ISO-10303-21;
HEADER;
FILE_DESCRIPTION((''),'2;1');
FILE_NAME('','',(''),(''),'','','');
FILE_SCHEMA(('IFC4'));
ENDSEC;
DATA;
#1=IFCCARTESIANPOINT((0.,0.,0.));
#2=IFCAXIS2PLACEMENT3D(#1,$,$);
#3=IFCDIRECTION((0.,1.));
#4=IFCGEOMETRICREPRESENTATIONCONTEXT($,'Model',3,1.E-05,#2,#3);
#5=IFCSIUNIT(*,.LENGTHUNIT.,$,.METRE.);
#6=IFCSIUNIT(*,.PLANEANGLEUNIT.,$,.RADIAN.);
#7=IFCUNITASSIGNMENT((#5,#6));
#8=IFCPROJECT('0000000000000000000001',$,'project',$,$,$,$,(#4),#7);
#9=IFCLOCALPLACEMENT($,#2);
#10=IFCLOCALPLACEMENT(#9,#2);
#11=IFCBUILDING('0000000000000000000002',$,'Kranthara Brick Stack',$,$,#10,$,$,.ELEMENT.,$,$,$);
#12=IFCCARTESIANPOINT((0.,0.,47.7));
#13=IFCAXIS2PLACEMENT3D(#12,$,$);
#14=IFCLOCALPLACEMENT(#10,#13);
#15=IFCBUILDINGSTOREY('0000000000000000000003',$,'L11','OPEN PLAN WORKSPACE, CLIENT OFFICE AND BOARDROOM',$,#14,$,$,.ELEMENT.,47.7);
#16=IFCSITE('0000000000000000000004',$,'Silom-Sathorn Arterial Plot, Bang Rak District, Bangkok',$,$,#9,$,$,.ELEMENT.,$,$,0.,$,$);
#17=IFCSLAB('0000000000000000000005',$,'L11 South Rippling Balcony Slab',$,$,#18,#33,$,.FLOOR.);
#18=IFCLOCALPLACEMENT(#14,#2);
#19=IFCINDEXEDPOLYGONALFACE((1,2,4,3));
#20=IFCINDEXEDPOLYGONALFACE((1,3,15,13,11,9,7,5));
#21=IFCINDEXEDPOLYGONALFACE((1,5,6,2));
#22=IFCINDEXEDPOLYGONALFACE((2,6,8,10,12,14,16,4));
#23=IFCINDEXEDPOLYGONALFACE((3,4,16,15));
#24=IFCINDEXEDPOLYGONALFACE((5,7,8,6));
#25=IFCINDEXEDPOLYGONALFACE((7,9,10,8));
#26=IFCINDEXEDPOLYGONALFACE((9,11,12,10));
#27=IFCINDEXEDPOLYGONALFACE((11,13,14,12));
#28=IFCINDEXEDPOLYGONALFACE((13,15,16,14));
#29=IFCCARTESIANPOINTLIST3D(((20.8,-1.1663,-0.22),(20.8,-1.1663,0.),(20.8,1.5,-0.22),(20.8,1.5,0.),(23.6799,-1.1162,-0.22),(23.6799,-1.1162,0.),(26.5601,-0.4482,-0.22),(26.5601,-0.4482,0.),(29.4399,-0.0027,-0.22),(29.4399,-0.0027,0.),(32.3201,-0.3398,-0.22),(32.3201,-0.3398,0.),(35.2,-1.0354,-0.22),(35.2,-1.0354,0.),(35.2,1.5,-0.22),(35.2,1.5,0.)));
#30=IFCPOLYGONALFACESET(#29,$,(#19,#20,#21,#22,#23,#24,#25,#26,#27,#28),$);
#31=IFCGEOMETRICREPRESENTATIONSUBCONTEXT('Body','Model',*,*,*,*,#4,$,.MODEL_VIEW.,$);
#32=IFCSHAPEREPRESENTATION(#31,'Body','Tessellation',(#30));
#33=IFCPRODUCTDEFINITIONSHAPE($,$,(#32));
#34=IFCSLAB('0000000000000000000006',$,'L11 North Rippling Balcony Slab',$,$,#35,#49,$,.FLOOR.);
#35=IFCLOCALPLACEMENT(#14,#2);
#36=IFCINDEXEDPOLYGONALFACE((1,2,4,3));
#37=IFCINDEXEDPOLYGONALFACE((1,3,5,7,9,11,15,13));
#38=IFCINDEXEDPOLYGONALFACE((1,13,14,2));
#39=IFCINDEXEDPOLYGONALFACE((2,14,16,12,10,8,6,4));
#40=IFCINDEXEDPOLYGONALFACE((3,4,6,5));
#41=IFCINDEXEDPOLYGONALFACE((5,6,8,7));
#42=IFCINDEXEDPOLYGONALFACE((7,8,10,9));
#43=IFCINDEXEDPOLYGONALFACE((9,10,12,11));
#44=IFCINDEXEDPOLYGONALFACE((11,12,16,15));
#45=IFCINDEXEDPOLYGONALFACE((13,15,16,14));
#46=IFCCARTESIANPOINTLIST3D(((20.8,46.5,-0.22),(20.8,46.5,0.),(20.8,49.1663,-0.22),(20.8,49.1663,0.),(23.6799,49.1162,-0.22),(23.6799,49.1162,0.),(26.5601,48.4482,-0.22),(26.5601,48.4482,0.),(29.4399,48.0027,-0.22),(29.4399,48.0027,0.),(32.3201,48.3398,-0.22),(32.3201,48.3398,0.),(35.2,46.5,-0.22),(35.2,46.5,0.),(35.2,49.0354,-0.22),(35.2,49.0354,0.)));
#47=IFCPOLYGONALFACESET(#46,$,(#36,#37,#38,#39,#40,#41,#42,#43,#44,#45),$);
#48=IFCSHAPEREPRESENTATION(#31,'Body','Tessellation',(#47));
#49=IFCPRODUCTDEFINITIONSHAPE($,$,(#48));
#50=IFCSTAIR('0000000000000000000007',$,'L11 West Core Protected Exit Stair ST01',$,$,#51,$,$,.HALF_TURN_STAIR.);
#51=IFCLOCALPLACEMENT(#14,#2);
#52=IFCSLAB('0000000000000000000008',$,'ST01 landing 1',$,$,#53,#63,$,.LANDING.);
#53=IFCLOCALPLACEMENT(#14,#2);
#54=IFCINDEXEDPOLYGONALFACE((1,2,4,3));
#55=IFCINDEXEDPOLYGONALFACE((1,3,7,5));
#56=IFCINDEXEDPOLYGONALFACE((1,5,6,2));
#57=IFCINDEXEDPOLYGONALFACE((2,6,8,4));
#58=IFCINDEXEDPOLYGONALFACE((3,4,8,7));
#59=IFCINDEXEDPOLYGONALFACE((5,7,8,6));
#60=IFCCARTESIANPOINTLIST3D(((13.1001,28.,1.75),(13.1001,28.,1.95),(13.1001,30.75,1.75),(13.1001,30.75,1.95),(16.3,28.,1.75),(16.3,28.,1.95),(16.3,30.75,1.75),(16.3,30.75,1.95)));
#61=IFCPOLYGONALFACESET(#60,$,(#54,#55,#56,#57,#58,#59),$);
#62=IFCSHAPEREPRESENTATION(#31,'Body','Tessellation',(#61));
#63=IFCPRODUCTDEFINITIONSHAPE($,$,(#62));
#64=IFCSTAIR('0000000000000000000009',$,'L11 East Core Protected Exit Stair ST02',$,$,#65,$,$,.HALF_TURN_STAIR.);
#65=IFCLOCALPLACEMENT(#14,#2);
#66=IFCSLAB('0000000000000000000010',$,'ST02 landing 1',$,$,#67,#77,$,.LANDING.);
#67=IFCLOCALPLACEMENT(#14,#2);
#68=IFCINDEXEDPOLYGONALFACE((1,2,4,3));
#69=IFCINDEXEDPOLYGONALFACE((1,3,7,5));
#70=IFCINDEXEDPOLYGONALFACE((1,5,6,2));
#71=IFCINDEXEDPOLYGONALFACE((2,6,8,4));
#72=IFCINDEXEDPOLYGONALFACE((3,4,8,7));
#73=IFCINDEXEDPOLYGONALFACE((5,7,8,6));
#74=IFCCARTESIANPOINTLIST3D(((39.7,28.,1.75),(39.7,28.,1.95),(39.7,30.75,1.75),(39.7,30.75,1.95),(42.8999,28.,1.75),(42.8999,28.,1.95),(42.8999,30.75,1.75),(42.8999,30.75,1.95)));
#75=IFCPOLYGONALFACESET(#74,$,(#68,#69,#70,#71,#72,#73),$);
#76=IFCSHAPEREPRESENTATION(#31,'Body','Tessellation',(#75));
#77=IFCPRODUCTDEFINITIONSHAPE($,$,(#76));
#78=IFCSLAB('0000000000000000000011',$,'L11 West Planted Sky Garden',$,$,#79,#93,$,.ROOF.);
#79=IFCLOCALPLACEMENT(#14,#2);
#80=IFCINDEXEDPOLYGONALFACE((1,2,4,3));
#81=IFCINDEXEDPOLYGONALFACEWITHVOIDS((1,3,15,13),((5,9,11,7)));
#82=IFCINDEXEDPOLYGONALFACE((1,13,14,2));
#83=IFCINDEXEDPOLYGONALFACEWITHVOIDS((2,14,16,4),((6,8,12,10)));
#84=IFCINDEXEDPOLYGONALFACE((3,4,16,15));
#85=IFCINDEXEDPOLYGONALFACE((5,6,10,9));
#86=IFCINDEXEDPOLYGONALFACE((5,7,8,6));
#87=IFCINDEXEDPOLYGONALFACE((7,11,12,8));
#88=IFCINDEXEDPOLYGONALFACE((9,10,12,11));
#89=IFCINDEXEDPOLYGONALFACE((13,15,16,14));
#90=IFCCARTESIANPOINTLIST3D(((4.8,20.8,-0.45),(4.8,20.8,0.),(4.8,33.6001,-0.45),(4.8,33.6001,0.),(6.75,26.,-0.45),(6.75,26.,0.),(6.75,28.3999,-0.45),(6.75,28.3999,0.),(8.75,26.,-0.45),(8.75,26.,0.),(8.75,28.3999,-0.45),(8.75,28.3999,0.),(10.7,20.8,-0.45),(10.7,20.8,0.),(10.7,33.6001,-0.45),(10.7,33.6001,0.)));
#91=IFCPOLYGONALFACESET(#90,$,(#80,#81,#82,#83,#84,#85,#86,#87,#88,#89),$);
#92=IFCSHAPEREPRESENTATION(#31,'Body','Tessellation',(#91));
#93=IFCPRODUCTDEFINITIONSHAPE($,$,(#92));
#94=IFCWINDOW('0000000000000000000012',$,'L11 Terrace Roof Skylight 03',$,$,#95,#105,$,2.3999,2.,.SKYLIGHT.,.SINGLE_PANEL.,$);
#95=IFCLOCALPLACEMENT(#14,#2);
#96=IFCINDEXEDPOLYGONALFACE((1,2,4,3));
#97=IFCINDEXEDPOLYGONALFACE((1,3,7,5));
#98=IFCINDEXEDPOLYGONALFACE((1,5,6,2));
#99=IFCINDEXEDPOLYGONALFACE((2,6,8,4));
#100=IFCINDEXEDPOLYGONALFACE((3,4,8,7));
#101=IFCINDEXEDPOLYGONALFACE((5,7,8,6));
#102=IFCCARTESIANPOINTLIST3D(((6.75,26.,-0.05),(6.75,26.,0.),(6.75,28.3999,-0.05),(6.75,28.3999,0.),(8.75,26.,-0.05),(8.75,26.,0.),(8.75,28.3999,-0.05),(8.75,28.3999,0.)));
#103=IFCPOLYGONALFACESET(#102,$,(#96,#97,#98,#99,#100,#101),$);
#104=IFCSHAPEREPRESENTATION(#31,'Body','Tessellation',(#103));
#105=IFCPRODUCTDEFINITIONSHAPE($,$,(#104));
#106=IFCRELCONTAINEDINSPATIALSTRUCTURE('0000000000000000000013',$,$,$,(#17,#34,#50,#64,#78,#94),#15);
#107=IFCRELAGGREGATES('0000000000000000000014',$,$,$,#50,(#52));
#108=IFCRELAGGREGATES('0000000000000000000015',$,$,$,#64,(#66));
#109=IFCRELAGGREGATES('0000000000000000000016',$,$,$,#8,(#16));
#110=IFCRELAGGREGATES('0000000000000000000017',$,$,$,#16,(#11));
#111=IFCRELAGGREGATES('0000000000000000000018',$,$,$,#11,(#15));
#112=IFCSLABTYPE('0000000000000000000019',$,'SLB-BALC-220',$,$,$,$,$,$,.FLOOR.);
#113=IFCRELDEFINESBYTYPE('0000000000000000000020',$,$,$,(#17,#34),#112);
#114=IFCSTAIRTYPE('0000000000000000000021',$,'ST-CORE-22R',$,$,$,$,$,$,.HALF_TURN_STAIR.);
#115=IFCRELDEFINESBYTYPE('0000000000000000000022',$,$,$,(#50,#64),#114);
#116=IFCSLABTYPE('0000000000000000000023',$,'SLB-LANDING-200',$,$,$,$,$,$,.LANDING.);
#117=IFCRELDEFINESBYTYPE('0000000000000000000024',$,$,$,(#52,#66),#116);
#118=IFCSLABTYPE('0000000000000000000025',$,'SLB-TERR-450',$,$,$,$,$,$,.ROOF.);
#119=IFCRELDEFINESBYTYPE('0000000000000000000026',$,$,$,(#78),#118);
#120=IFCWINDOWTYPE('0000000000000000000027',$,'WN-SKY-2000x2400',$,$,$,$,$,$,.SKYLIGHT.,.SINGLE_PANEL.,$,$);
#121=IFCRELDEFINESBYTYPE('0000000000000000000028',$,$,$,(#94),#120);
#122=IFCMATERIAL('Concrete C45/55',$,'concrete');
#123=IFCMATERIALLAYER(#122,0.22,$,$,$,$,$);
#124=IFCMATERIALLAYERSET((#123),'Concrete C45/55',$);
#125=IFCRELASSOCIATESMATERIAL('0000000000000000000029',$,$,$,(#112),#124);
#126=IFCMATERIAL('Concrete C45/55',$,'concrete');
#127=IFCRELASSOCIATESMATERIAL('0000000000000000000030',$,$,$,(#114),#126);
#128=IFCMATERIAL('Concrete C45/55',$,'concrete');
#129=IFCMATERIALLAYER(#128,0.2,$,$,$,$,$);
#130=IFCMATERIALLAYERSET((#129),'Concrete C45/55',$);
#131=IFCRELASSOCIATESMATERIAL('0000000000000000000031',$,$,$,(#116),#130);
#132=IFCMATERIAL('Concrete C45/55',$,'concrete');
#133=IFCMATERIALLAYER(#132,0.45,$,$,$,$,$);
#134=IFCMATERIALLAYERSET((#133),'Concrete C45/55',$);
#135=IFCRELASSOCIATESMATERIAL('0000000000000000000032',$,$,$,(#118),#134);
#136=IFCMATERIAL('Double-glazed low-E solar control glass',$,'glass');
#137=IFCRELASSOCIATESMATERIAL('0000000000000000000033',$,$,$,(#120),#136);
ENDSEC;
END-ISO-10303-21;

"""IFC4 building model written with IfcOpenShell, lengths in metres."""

from ifc_helpers import new_model, si_unit, direction, frame, origin, origin_2d, place, context, subcontext, project, spatial, polyline, rectangle, outline, extrude, material, layer, layer_set, type_object, element, fill, aggregate, save


model = new_model("IFC4")

# Units and contexts
model_context = context("Model", 3, precision=1e-05, world=origin(), true_north=direction((0.0, 1.0)))
body_context = subcontext(model_context, "Body", "Model", "MODEL_VIEW")
ifc_project = project(units=[si_unit("LENGTHUNIT", "METRE"), si_unit("PLANEANGLEUNIT", "RADIAN")], contexts=[model_context])

# Site, building, storey
site_placement = place(None, origin())
site = spatial("IfcSite", under=ifc_project, at=site_placement, Name="Silom-Sathorn Arterial Plot, Bang Rak District, Bangkok", CompositionType="ELEMENT", RefElevation=0.0)
building_placement = place(site_placement, origin())
building = spatial("IfcBuilding", under=site, at=building_placement, Name="Kranthara Brick Stack", CompositionType="ELEMENT")
storey_placement = place(building_placement, frame((0.0, 0.0, 47.7)))
storey = spatial("IfcBuildingStorey", under=building, at=storey_placement, Name="L11", Description="OPEN PLAN WORKSPACE, CLIENT OFFICE AND BOARDROOM", CompositionType="ELEMENT", Elevation=47.7)

# Slabs
ifc_material_1 = material(Name="Concrete C45/55", Category="concrete")
ifc_layer_1 = layer(ifc_material_1, 0.22)
ifc_layer_set_1 = layer_set([ifc_layer_1], Name="Concrete C45/55")
slab_type_1 = type_object("IfcSlabType", Name="SLB-BALC-220", PredefinedType="FLOOR", material=ifc_layer_set_1)
slab_1_placement = place(storey_placement, frame((0.0, 0.0, -0.22)))
element("IfcSlab", 1, at=slab_1_placement, inside=storey, type_object=slab_type_1, Name="L11 South Rippling Balcony Slab", PredefinedType="FLOOR", context=body_context, shape_type="SweptSolid", body=[
    extrude(outline(polyline([(20.8, 1.5), (35.2, 1.5), (35.2, -1.0354), (32.3201, -0.3398), (29.4399, -0.0027), (26.5601, -0.4482), (23.6799, -1.1162), (20.8, -1.1663), (20.8, 1.5)])), origin(), (0.0, 0.0, 1.0), 0.22),
])
slab_2_placement = place(storey_placement, frame((0.0, 0.0, -0.22)))
element("IfcSlab", 2, at=slab_2_placement, inside=storey, type_object=slab_type_1, Name="L11 North Rippling Balcony Slab", PredefinedType="FLOOR", context=body_context, shape_type="SweptSolid", body=[
    extrude(outline(polyline([(35.2, 46.5), (20.8, 46.5), (20.8, 49.1663), (23.6799, 49.1162), (26.5601, 48.4482), (29.4399, 48.0027), (32.3201, 48.3398), (35.2, 49.0354), (35.2, 46.5)])), origin(), (0.0, 0.0, 1.0), 0.22),
])

# Stairs, slabs
ifc_material_2 = material(Name="Concrete C45/55", Category="concrete")
stair_type = type_object("IfcStairType", Name="ST-CORE-22R", PredefinedType="HALF_TURN_STAIR", material=ifc_material_2)
stair_1_placement = place(storey_placement, origin())
stair_1 = element("IfcStair", 3, at=stair_1_placement, inside=storey, type_object=stair_type, Name="L11 West Core Protected Exit Stair ST01", PredefinedType="HALF_TURN_STAIR")
ifc_material_3 = material(Name="Concrete C45/55", Category="concrete")
ifc_layer_2 = layer(ifc_material_3, 0.2)
ifc_layer_set_2 = layer_set([ifc_layer_2], Name="Concrete C45/55")
slab_type_2 = type_object("IfcSlabType", Name="SLB-LANDING-200", PredefinedType="LANDING", material=ifc_layer_set_2)
slab_3_placement = place(storey_placement, frame((0.0, 0.0, 1.75)))
slab_3 = element("IfcSlab", 4, at=slab_3_placement, type_object=slab_type_2, Name="ST01 landing 1", PredefinedType="LANDING", context=body_context, shape_type="SweptSolid", body=[
    extrude(outline(polyline([(16.3, 28.0), (16.3, 30.75), (13.1001, 30.75), (13.1001, 28.0), (16.3, 28.0)])), origin(), (0.0, 0.0, 1.0), 0.2),
])
aggregate(stair_1, [slab_3])
stair_2_placement = place(storey_placement, origin())
stair_2 = element("IfcStair", 5, at=stair_2_placement, inside=storey, type_object=stair_type, Name="L11 East Core Protected Exit Stair ST02", PredefinedType="HALF_TURN_STAIR")
slab_4_placement = place(storey_placement, frame((0.0, 0.0, 1.75)))
slab_4 = element("IfcSlab", 6, at=slab_4_placement, type_object=slab_type_2, Name="ST02 landing 1", PredefinedType="LANDING", context=body_context, shape_type="SweptSolid", body=[
    extrude(outline(polyline([(42.8999, 28.0), (42.8999, 30.75), (39.7, 30.75), (39.7, 28.0), (42.8999, 28.0)])), origin(), (0.0, 0.0, 1.0), 0.2),
])
aggregate(stair_2, [slab_4])

# Slab, opening, window
ifc_material_4 = material(Name="Concrete C45/55", Category="concrete")
ifc_layer_3 = layer(ifc_material_4, 0.45)
ifc_layer_set_3 = layer_set([ifc_layer_3], Name="Concrete C45/55")
slab_type_3 = type_object("IfcSlabType", Name="SLB-TERR-450", PredefinedType="ROOF", material=ifc_layer_set_3)
slab_5_placement = place(storey_placement, frame((0.0, 0.0, -0.45)))
slab_5 = element("IfcSlab", 7, at=slab_5_placement, inside=storey, type_object=slab_type_3, Name="L11 West Planted Sky Garden", PredefinedType="ROOF", context=body_context, shape_type="SweptSolid", body=[
    extrude(outline(polyline([(4.8, 20.8), (10.7, 20.8), (10.7, 33.6001), (4.8, 33.6001), (4.8, 20.8)]), holes=[polyline([(6.75, 26.0), (8.75, 26.0), (8.75, 28.3999), (6.75, 28.3999), (6.75, 26.0)])]), origin(), (0.0, 0.0, 1.0), 0.45),
])
opening_placement = place(slab_5_placement, frame((7.75, 27.2, 0.0)))
opening = element("IfcOpeningElement", 8, at=opening_placement, cuts=slab_5, PredefinedType="OPENING", context=body_context, shape_type="SweptSolid", body=[
    extrude(rectangle(XDim=2.0, YDim=2.3999, at=origin_2d()), origin(), (0.0, 0.0, 1.0), 0.45),
])
ifc_material_5 = material(Name="Double-glazed low-E solar control glass", Category="glass")
window_type = type_object("IfcWindowType", Name="WN-SKY-2000x2400", PartitioningType="SINGLE_PANEL", PredefinedType="SKYLIGHT", material=ifc_material_5)
window_placement = place(opening_placement, frame((0.0, 0.0, 0.3999)))
window = element("IfcWindow", 9, at=window_placement, inside=storey, type_object=window_type, Name="L11 Terrace Roof Skylight 03", OverallHeight=2.3999, OverallWidth=2.0, PartitioningType="SINGLE_PANEL", PredefinedType="SKYLIGHT", context=body_context, shape_type="SweptSolid", body=[
    extrude(rectangle(XDim=2.0, YDim=2.3999, at=origin_2d()), origin(), (0.0, 0.0, 1.0), 0.05),
])
fill(opening, window)

save(model, "model.ifc")
